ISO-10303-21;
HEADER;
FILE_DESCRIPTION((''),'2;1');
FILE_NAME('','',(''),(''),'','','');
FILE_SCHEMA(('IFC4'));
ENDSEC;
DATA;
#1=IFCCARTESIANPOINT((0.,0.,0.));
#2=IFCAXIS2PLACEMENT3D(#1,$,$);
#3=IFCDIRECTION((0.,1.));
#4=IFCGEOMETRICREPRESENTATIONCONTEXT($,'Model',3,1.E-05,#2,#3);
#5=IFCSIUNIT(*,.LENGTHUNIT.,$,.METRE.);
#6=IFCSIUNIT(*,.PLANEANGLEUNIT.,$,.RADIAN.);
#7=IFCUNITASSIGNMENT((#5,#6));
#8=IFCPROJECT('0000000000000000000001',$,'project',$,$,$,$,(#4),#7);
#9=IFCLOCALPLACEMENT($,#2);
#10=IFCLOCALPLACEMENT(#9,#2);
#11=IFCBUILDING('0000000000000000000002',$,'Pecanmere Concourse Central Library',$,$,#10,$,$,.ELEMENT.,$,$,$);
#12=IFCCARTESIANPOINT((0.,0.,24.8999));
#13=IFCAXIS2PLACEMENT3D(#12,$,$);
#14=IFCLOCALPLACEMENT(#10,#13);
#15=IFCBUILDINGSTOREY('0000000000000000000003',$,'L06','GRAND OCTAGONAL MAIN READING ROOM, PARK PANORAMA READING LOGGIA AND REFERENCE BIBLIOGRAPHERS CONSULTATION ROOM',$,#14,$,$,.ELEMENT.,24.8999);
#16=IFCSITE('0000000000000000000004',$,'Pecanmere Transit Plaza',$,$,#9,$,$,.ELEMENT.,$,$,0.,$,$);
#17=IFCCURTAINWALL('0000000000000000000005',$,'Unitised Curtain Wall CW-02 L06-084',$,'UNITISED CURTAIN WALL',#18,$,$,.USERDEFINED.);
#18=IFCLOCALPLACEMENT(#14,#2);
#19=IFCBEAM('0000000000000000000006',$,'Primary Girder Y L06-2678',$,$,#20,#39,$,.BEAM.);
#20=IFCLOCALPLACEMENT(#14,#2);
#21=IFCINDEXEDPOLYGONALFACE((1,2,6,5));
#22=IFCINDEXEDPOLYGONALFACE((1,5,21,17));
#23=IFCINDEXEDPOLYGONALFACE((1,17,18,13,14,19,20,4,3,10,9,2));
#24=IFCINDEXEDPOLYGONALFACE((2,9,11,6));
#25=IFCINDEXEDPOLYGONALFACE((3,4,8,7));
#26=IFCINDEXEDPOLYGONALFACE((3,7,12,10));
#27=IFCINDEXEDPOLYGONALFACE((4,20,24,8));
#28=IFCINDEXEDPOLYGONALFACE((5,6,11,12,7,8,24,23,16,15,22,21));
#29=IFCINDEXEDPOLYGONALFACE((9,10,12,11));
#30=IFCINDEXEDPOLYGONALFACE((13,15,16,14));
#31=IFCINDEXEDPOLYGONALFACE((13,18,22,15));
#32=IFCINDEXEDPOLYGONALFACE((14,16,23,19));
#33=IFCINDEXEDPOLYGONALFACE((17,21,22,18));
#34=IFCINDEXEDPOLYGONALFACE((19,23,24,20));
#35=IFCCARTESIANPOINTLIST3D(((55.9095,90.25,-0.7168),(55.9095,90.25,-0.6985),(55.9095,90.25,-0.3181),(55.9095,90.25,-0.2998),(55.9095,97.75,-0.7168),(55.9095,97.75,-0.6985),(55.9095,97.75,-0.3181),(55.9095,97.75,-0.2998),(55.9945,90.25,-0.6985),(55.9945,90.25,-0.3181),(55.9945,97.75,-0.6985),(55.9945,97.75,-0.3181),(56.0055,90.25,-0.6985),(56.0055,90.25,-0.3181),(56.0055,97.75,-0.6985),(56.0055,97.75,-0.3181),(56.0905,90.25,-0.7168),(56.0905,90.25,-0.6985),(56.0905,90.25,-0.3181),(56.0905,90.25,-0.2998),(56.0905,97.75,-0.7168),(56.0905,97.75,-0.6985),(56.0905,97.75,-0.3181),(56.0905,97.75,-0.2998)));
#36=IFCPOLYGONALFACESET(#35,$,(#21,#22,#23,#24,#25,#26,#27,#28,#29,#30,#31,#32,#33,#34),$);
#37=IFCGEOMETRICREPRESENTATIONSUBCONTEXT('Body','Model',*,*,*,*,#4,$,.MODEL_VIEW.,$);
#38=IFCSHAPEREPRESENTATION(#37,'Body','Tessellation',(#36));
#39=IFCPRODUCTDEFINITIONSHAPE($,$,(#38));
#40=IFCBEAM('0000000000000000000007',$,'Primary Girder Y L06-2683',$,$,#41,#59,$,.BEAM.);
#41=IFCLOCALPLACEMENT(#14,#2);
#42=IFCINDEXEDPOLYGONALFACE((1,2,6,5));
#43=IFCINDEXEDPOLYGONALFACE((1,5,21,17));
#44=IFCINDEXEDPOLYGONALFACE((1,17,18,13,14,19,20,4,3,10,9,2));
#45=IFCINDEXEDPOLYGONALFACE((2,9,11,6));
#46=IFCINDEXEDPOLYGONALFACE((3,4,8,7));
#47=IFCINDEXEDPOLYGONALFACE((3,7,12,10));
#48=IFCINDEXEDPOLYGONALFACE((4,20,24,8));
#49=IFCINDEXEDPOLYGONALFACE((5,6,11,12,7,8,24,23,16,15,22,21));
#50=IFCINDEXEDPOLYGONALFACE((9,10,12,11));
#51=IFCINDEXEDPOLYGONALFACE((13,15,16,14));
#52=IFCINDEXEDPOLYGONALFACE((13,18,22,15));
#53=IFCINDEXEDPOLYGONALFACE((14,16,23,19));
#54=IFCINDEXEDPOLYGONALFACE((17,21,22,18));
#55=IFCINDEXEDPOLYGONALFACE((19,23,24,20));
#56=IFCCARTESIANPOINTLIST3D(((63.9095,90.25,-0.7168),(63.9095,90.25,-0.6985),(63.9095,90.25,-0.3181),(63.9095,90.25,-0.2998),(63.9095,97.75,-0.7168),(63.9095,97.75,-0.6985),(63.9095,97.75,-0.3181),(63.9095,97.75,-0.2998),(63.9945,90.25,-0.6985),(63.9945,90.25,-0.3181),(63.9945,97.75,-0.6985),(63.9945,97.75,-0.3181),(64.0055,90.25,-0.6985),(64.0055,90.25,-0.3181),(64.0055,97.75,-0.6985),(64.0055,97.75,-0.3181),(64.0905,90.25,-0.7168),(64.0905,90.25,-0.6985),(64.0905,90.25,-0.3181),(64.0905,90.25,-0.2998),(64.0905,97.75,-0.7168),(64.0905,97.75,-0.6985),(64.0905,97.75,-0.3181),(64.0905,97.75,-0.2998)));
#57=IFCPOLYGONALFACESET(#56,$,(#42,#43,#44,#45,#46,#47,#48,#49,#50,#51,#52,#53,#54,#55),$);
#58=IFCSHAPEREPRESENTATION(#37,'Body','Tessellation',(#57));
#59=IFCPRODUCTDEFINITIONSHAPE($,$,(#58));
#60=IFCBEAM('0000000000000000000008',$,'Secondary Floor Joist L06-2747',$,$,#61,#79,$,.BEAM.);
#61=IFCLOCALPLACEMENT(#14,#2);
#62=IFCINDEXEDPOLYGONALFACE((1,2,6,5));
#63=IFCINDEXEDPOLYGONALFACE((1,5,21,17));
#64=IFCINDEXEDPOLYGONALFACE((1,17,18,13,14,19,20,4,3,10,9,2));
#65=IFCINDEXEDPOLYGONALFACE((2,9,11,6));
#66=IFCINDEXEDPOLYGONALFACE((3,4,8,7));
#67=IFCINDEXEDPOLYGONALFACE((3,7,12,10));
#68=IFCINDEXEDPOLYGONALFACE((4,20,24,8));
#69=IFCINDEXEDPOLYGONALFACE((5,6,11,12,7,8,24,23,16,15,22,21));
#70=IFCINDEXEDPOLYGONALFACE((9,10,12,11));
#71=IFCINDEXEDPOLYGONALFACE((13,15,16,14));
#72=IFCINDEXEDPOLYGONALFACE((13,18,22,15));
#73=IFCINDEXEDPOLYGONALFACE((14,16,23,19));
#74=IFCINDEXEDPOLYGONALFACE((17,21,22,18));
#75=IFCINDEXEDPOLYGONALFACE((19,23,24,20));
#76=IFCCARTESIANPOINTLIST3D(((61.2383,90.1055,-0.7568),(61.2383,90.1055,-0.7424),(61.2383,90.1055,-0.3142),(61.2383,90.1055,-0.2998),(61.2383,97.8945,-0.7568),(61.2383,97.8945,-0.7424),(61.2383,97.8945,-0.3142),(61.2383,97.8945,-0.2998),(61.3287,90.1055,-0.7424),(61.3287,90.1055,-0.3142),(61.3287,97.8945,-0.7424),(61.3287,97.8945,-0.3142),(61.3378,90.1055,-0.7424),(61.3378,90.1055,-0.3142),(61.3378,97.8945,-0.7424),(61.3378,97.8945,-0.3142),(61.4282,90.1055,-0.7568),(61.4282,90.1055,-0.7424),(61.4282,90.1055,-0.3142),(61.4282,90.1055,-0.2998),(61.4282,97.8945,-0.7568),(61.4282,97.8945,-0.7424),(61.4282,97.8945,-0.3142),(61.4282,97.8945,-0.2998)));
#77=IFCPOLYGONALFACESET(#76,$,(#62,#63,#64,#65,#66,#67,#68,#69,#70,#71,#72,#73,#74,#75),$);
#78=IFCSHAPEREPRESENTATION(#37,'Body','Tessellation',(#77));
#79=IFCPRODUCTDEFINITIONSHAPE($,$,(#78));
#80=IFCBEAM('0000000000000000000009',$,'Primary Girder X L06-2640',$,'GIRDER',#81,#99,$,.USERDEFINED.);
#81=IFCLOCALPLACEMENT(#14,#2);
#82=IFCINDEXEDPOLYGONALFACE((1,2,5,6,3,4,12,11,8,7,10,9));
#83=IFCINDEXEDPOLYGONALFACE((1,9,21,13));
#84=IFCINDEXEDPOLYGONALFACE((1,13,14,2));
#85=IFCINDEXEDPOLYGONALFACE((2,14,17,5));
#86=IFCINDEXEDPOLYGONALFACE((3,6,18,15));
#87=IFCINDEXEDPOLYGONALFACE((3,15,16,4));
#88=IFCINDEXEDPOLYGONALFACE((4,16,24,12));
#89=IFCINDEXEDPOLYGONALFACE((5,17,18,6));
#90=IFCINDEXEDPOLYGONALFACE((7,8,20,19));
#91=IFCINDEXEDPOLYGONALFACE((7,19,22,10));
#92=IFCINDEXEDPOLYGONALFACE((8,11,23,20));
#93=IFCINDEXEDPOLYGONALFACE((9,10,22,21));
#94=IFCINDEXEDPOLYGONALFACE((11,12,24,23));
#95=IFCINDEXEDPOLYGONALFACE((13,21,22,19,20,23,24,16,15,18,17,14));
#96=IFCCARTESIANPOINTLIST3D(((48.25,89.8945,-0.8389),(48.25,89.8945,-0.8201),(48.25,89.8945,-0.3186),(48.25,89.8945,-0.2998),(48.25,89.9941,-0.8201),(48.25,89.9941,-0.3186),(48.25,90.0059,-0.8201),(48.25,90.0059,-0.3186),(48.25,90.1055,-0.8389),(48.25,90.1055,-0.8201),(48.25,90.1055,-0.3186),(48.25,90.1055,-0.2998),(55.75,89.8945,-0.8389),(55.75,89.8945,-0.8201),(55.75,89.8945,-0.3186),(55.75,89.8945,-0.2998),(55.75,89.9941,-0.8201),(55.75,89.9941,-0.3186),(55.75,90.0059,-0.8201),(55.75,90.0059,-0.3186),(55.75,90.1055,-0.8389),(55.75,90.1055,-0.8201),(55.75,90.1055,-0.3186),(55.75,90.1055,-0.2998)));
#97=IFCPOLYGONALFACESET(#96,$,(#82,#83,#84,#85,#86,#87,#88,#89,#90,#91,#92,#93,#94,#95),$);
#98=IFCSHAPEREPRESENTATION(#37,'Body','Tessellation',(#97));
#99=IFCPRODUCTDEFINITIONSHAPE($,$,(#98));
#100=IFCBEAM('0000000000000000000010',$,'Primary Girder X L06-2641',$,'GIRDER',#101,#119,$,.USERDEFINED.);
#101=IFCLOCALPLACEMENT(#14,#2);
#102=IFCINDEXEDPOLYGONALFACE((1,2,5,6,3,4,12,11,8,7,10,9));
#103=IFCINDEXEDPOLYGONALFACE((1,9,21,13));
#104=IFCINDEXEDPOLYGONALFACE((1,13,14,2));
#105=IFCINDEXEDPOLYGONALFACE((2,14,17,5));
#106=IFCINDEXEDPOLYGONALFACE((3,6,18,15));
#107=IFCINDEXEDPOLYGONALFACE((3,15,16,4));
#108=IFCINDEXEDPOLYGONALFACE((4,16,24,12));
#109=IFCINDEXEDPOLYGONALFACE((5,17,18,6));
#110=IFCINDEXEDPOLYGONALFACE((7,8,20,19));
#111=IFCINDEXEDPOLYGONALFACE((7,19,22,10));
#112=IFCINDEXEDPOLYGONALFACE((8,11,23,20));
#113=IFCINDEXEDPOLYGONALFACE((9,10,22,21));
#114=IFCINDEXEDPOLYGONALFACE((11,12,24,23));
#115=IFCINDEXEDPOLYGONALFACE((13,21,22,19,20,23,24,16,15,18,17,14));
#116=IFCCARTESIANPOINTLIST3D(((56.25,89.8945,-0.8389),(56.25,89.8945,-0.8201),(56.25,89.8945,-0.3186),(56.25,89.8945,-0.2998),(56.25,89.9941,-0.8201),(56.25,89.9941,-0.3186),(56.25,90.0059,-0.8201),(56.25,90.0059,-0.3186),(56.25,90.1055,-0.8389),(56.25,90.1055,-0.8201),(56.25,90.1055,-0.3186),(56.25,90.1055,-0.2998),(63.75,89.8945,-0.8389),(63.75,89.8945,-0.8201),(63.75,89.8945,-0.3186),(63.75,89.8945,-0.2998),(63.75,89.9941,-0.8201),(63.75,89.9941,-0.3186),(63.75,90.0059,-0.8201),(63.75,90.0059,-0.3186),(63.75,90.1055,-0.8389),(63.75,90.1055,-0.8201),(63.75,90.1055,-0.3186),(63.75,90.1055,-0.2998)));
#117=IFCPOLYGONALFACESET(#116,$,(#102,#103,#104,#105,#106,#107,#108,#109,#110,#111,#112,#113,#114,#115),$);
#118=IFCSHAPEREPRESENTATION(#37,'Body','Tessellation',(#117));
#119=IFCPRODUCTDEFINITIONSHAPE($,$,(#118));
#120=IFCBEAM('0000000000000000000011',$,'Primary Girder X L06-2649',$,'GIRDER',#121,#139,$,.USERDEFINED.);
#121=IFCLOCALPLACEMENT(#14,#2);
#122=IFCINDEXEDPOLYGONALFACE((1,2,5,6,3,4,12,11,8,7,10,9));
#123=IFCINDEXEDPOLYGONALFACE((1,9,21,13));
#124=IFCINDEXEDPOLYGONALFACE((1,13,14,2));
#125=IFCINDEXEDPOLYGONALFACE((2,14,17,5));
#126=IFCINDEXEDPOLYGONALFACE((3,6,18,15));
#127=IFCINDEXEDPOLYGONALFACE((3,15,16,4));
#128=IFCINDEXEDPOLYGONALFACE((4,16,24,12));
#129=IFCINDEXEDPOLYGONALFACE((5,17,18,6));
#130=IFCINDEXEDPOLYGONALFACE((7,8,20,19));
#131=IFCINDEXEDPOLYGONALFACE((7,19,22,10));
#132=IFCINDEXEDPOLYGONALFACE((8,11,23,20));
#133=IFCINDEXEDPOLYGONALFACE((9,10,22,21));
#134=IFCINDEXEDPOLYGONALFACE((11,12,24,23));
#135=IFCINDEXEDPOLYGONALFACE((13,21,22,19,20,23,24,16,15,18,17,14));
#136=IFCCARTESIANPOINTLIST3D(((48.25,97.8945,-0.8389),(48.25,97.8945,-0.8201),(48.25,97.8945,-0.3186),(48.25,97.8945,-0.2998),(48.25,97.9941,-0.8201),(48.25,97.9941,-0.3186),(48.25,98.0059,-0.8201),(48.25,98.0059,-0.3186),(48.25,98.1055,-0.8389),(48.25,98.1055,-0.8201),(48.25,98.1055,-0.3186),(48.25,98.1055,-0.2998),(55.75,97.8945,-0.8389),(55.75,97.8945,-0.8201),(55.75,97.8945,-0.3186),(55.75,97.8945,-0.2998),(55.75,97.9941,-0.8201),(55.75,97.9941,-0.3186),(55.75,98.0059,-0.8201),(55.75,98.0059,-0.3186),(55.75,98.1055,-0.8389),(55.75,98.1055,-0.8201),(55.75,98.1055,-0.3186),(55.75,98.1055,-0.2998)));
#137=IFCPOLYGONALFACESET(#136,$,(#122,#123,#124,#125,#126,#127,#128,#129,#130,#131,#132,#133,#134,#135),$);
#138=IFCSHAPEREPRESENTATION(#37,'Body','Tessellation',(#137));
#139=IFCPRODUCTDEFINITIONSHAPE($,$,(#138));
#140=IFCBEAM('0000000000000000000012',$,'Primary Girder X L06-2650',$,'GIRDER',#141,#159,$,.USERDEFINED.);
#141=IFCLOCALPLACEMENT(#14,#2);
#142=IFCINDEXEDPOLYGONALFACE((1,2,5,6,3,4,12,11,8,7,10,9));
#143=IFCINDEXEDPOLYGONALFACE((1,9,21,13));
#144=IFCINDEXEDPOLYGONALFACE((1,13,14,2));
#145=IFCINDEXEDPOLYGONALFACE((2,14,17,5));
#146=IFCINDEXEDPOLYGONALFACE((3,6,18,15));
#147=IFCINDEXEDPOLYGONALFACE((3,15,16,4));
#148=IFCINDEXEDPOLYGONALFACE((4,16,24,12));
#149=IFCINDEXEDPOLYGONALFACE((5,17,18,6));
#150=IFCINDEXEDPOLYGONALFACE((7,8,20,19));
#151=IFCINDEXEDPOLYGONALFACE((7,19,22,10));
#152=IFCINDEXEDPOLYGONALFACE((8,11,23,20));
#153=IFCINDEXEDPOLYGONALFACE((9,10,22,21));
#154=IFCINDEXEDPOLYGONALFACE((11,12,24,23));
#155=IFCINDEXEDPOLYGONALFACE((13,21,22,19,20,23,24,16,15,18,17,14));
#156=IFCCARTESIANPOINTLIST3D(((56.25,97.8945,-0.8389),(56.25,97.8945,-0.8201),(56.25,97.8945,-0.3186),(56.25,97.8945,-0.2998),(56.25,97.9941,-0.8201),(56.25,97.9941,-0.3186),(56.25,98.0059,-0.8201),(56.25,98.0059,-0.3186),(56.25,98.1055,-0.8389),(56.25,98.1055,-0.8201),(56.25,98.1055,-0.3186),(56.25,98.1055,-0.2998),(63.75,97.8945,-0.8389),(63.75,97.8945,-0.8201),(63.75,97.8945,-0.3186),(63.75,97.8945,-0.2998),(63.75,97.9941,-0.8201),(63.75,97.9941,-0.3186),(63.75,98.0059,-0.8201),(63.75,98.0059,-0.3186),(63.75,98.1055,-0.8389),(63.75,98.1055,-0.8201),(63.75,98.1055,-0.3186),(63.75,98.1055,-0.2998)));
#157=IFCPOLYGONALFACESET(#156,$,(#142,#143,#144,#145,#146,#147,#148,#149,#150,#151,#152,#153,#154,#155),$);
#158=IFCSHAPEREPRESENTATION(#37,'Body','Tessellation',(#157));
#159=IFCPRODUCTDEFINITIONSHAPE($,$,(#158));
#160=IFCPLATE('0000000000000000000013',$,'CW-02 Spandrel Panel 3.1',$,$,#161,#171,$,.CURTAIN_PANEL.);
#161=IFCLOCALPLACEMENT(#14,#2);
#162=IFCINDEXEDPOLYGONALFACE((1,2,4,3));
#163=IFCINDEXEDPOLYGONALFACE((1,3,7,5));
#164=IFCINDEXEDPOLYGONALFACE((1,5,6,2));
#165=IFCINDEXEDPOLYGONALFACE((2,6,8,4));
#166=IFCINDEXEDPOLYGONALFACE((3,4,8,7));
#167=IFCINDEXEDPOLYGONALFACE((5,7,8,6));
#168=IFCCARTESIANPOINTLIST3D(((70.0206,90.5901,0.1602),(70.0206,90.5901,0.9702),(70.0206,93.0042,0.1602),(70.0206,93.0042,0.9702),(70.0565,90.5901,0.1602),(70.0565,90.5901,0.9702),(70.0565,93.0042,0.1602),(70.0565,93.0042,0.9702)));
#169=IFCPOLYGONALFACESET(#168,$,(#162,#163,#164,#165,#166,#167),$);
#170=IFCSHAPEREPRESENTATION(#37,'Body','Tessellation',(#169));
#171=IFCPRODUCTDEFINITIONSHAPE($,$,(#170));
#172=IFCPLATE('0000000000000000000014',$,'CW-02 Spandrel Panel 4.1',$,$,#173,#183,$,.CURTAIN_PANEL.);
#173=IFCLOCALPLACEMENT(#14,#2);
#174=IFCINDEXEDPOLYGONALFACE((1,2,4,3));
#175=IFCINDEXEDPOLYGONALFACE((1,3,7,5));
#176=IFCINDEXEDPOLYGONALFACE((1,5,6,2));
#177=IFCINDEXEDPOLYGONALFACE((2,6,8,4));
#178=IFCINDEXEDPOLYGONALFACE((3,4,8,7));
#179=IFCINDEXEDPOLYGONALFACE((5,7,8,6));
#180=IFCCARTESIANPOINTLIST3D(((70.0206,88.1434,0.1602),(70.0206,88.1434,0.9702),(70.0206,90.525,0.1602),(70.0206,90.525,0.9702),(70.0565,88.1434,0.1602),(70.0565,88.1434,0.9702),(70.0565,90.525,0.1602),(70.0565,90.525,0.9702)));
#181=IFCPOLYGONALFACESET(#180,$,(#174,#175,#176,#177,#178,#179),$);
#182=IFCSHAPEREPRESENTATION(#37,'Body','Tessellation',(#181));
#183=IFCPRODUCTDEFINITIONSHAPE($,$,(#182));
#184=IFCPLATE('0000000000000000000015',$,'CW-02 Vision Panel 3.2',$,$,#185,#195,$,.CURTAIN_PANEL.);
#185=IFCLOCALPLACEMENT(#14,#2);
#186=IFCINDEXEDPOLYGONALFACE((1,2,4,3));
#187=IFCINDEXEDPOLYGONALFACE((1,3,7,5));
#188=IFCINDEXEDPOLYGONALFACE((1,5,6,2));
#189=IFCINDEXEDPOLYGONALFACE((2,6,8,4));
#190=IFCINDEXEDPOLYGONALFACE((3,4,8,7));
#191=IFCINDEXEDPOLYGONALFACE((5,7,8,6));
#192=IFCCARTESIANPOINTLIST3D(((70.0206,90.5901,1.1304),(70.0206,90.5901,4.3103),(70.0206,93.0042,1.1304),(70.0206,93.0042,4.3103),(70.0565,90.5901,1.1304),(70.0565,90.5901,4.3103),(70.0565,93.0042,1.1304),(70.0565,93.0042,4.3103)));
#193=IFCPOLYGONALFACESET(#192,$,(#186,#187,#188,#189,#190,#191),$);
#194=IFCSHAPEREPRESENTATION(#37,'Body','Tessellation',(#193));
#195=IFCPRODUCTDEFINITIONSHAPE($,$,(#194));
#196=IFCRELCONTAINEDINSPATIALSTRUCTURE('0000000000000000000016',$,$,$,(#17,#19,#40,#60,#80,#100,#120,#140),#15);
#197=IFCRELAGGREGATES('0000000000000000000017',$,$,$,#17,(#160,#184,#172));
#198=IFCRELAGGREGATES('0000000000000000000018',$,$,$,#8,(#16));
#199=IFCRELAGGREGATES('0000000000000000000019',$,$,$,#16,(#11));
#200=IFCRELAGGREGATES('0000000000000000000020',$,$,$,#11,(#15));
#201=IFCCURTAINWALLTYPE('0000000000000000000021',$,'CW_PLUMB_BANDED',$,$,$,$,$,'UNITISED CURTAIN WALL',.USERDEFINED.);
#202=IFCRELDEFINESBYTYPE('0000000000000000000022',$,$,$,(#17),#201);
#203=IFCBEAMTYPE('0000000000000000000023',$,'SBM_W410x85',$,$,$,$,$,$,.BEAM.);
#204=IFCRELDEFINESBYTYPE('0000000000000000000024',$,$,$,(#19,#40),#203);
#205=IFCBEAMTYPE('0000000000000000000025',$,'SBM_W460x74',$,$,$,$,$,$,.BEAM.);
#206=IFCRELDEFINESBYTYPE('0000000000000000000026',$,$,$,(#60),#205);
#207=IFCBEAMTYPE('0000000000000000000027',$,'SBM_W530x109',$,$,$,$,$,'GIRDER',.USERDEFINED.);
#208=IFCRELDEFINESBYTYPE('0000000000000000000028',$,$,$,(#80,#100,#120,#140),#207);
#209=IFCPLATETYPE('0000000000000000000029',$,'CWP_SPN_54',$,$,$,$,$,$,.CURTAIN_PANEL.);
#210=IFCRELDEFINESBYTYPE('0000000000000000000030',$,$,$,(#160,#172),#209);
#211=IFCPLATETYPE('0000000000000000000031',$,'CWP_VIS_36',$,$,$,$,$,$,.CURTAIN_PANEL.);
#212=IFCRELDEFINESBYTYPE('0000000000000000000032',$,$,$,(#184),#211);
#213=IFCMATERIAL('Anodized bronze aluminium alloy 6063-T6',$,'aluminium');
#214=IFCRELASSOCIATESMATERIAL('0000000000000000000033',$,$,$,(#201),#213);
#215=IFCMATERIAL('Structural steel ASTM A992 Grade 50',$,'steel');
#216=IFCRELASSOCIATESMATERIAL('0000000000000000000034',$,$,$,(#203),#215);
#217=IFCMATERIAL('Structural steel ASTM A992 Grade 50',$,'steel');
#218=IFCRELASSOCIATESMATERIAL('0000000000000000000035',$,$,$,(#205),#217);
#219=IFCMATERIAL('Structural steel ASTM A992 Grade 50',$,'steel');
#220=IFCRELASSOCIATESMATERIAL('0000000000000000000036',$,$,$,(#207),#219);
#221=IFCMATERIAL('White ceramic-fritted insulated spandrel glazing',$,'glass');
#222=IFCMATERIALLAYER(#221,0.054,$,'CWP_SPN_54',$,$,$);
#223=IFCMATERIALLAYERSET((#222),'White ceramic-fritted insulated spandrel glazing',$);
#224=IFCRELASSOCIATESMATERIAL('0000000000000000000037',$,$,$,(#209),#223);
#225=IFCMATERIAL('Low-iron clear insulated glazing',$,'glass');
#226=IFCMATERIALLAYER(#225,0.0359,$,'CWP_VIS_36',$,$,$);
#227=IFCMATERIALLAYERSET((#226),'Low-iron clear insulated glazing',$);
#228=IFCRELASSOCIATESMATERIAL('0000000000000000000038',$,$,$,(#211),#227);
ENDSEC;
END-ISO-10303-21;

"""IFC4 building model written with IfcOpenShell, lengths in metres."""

from ifc_helpers import new_model, si_unit, direction, frame, origin, origin_2d, place, context, subcontext, project, spatial, rectangle, i_section, extrude, material, layer, layer_set, material_profile, profile_set, type_object, element, aggregate, save


model = new_model("IFC4")

# Units and contexts
model_context = context("Model", 3, precision=1e-05, world=origin(), true_north=direction((0.0, 1.0)))
body_context = subcontext(model_context, "Body", "Model", "MODEL_VIEW")
ifc_project = project(units=[si_unit("LENGTHUNIT", "METRE"), si_unit("PLANEANGLEUNIT", "RADIAN")], contexts=[model_context])

# Site, building, storey
site_placement = place(None, origin())
site = spatial("IfcSite", under=ifc_project, at=site_placement, Name="Pecanmere Transit Plaza", CompositionType="ELEMENT", RefElevation=0.0)
building_placement = place(site_placement, origin())
building = spatial("IfcBuilding", under=site, at=building_placement, Name="Pecanmere Concourse Central Library", CompositionType="ELEMENT")
storey_placement = place(building_placement, frame((0.0, 0.0, 24.8999)))
storey = spatial("IfcBuildingStorey", under=building, at=storey_placement, Name="L06", Description="GRAND OCTAGONAL MAIN READING ROOM, PARK PANORAMA READING LOGGIA AND REFERENCE BIBLIOGRAPHERS CONSULTATION ROOM", CompositionType="ELEMENT", Elevation=24.8999)

# Curtain wall
ifc_material_1 = material(Name="Anodized bronze aluminium alloy 6063-T6", Category="aluminium")
curtain_wall_type = type_object("IfcCurtainWallType", Name="CW_PLUMB_BANDED", ElementType="UNITISED CURTAIN WALL", PredefinedType="USERDEFINED", material=ifc_material_1)
curtain_wall_placement = place(storey_placement, origin())
curtain_wall = element("IfcCurtainWall", 1, at=curtain_wall_placement, inside=storey, type_object=curtain_wall_type, Name="Unitised Curtain Wall CW-02 L06-084", ObjectType="UNITISED CURTAIN WALL", PredefinedType="USERDEFINED")

# Beams
ifc_material_2 = material(Name="Structural steel ASTM A992 Grade 50", Category="steel")
ifc_material_profile_1 = material_profile(ifc_material_2, i_section(OverallWidth=0.1809, OverallDepth=0.417, WebThickness=0.011, FlangeThickness=0.0183, at=origin_2d()), Name="W410x85")
ifc_profile_set_1 = profile_set([ifc_material_profile_1], Name="Structural steel ASTM A992 Grade 50")
beam_type_1 = type_object("IfcBeamType", Name="SBM_W410x85", PredefinedType="BEAM", material=ifc_profile_set_1)
for number, where, z_axis, x_axis, name in (
    (2, (56.0, 90.25, -0.5083), (0.0, 1.0, 0.0), (-1.0, 0.0, 0.0), "Primary Girder Y L06-2678"),
    (3, (64.0, 90.25, -0.5083), (0.0, 1.0, 0.0), (-1.0, 0.0, 0.0), "Primary Girder Y L06-2683"),
):
    element("IfcBeam", number, at=place(storey_placement, frame(where, z_axis=z_axis, x_axis=x_axis)), inside=storey, type_object=beam_type_1, Name=name, PredefinedType="BEAM", context=body_context, shape_type="SweptSolid", body=[
        extrude(i_section(OverallWidth=0.1809, OverallDepth=0.417, WebThickness=0.011, FlangeThickness=0.0183, at=origin_2d()), origin(), (0.0, 0.0, 1.0), 7.5),
    ])
ifc_material_3 = material(Name="Structural steel ASTM A992 Grade 50", Category="steel")
ifc_material_profile_2 = material_profile(ifc_material_3, i_section(OverallWidth=0.1899, OverallDepth=0.457, WebThickness=0.009, FlangeThickness=0.0144, at=origin_2d()), Name="W460x74")
ifc_profile_set_2 = profile_set([ifc_material_profile_2], Name="Structural steel ASTM A992 Grade 50")
beam_type_2 = type_object("IfcBeamType", Name="SBM_W460x74", PredefinedType="BEAM", material=ifc_profile_set_2)
beam_1_placement = place(storey_placement, frame((61.3333, 90.1055, -0.5283), z_axis=(0.0, 1.0, 0.0), x_axis=(-1.0, 0.0, 0.0)))
element("IfcBeam", 4, at=beam_1_placement, inside=storey, type_object=beam_type_2, Name="Secondary Floor Joist L06-2747", PredefinedType="BEAM", context=body_context, shape_type="SweptSolid", body=[
    extrude(i_section(OverallWidth=0.1899, OverallDepth=0.457, WebThickness=0.009, FlangeThickness=0.0144, at=origin_2d()), origin(), (0.0, 0.0, 1.0), 7.7891),
])
ifc_material_4 = material(Name="Structural steel ASTM A992 Grade 50", Category="steel")
ifc_material_profile_3 = material_profile(ifc_material_4, i_section(OverallWidth=0.2109, OverallDepth=0.5391, WebThickness=0.0117, FlangeThickness=0.0188, at=origin_2d()), Name="W530x109")
ifc_profile_set_3 = profile_set([ifc_material_profile_3], Name="Structural steel ASTM A992 Grade 50")
beam_type_3 = type_object("IfcBeamType", Name="SBM_W530x109", ElementType="GIRDER", PredefinedType="USERDEFINED", material=ifc_profile_set_3)
for number, where, z_axis, x_axis, name in (
    (5, (48.25, 90.0, -0.5693), (1.0, 0.0, 0.0), (0.0, 1.0, 0.0), "Primary Girder X L06-2640"),
    (6, (56.25, 90.0, -0.5693), (1.0, 0.0, 0.0), (0.0, 1.0, 0.0), "Primary Girder X L06-2641"),
    (7, (48.25, 98.0, -0.5693), (1.0, 0.0, 0.0), (0.0, 1.0, 0.0), "Primary Girder X L06-2649"),
    (8, (56.25, 98.0, -0.5693), (1.0, 0.0, 0.0), (0.0, 1.0, 0.0), "Primary Girder X L06-2650"),
):
    element("IfcBeam", number, at=place(storey_placement, frame(where, z_axis=z_axis, x_axis=x_axis)), inside=storey, type_object=beam_type_3, Name=name, ObjectType="GIRDER", PredefinedType="USERDEFINED", context=body_context, shape_type="SweptSolid", body=[
        extrude(i_section(OverallWidth=0.2109, OverallDepth=0.5391, WebThickness=0.0117, FlangeThickness=0.0188, at=origin_2d()), origin(), (0.0, 0.0, 1.0), 7.5),
    ])

# Plates
ifc_material_5 = material(Name="White ceramic-fritted insulated spandrel glazing", Category="glass")
ifc_layer_1 = layer(ifc_material_5, 0.054, Name="CWP_SPN_54")
ifc_layer_set_1 = layer_set([ifc_layer_1], Name="White ceramic-fritted insulated spandrel glazing")
plate_type_1 = type_object("IfcPlateType", Name="CWP_SPN_54", PredefinedType="CURTAIN_PANEL", material=ifc_layer_set_1)
plate_1_placement = place(storey_placement, frame((70.0386, 91.7971, 0.1602), z_axis=(0.0, 0.0, 1.0), x_axis=(0.0, -1.0, 0.0)))
plate_1 = element("IfcPlate", 9, at=plate_1_placement, type_object=plate_type_1, Name="CW-02 Spandrel Panel 3.1", PredefinedType="CURTAIN_PANEL", context=body_context, shape_type="SweptSolid", body=[
    extrude(rectangle(XDim=2.4141, YDim=0.0359, at=origin_2d()), origin(), (0.0, 0.0, 1.0), 0.8101),
])
plate_2_placement = place(storey_placement, frame((70.0386, 89.3342, 0.1602), z_axis=(0.0, 0.0, 1.0), x_axis=(0.0, -1.0, 0.0)))
plate_2 = element("IfcPlate", 10, at=plate_2_placement, type_object=plate_type_1, Name="CW-02 Spandrel Panel 4.1", PredefinedType="CURTAIN_PANEL", context=body_context, shape_type="SweptSolid", body=[
    extrude(rectangle(XDim=2.3816, YDim=0.0359, at=origin_2d()), origin(), (0.0, 0.0, 1.0), 0.8101),
])
ifc_material_6 = material(Name="Low-iron clear insulated glazing", Category="glass")
ifc_layer_2 = layer(ifc_material_6, 0.0359, Name="CWP_VIS_36")
ifc_layer_set_2 = layer_set([ifc_layer_2], Name="Low-iron clear insulated glazing")
plate_type_2 = type_object("IfcPlateType", Name="CWP_VIS_36", PredefinedType="CURTAIN_PANEL", material=ifc_layer_set_2)
plate_3_placement = place(storey_placement, frame((70.0386, 91.7971, 1.1304), z_axis=(0.0, 0.0, 1.0), x_axis=(0.0, -1.0, 0.0)))
plate_3 = element("IfcPlate", 11, at=plate_3_placement, type_object=plate_type_2, Name="CW-02 Vision Panel 3.2", PredefinedType="CURTAIN_PANEL", context=body_context, shape_type="SweptSolid", body=[
    extrude(rectangle(XDim=2.4141, YDim=0.0359, at=origin_2d()), origin(), (0.0, 0.0, 1.0), 3.1799),
])
aggregate(curtain_wall, [plate_1, plate_3, plate_2])

save(model, "model.ifc")
